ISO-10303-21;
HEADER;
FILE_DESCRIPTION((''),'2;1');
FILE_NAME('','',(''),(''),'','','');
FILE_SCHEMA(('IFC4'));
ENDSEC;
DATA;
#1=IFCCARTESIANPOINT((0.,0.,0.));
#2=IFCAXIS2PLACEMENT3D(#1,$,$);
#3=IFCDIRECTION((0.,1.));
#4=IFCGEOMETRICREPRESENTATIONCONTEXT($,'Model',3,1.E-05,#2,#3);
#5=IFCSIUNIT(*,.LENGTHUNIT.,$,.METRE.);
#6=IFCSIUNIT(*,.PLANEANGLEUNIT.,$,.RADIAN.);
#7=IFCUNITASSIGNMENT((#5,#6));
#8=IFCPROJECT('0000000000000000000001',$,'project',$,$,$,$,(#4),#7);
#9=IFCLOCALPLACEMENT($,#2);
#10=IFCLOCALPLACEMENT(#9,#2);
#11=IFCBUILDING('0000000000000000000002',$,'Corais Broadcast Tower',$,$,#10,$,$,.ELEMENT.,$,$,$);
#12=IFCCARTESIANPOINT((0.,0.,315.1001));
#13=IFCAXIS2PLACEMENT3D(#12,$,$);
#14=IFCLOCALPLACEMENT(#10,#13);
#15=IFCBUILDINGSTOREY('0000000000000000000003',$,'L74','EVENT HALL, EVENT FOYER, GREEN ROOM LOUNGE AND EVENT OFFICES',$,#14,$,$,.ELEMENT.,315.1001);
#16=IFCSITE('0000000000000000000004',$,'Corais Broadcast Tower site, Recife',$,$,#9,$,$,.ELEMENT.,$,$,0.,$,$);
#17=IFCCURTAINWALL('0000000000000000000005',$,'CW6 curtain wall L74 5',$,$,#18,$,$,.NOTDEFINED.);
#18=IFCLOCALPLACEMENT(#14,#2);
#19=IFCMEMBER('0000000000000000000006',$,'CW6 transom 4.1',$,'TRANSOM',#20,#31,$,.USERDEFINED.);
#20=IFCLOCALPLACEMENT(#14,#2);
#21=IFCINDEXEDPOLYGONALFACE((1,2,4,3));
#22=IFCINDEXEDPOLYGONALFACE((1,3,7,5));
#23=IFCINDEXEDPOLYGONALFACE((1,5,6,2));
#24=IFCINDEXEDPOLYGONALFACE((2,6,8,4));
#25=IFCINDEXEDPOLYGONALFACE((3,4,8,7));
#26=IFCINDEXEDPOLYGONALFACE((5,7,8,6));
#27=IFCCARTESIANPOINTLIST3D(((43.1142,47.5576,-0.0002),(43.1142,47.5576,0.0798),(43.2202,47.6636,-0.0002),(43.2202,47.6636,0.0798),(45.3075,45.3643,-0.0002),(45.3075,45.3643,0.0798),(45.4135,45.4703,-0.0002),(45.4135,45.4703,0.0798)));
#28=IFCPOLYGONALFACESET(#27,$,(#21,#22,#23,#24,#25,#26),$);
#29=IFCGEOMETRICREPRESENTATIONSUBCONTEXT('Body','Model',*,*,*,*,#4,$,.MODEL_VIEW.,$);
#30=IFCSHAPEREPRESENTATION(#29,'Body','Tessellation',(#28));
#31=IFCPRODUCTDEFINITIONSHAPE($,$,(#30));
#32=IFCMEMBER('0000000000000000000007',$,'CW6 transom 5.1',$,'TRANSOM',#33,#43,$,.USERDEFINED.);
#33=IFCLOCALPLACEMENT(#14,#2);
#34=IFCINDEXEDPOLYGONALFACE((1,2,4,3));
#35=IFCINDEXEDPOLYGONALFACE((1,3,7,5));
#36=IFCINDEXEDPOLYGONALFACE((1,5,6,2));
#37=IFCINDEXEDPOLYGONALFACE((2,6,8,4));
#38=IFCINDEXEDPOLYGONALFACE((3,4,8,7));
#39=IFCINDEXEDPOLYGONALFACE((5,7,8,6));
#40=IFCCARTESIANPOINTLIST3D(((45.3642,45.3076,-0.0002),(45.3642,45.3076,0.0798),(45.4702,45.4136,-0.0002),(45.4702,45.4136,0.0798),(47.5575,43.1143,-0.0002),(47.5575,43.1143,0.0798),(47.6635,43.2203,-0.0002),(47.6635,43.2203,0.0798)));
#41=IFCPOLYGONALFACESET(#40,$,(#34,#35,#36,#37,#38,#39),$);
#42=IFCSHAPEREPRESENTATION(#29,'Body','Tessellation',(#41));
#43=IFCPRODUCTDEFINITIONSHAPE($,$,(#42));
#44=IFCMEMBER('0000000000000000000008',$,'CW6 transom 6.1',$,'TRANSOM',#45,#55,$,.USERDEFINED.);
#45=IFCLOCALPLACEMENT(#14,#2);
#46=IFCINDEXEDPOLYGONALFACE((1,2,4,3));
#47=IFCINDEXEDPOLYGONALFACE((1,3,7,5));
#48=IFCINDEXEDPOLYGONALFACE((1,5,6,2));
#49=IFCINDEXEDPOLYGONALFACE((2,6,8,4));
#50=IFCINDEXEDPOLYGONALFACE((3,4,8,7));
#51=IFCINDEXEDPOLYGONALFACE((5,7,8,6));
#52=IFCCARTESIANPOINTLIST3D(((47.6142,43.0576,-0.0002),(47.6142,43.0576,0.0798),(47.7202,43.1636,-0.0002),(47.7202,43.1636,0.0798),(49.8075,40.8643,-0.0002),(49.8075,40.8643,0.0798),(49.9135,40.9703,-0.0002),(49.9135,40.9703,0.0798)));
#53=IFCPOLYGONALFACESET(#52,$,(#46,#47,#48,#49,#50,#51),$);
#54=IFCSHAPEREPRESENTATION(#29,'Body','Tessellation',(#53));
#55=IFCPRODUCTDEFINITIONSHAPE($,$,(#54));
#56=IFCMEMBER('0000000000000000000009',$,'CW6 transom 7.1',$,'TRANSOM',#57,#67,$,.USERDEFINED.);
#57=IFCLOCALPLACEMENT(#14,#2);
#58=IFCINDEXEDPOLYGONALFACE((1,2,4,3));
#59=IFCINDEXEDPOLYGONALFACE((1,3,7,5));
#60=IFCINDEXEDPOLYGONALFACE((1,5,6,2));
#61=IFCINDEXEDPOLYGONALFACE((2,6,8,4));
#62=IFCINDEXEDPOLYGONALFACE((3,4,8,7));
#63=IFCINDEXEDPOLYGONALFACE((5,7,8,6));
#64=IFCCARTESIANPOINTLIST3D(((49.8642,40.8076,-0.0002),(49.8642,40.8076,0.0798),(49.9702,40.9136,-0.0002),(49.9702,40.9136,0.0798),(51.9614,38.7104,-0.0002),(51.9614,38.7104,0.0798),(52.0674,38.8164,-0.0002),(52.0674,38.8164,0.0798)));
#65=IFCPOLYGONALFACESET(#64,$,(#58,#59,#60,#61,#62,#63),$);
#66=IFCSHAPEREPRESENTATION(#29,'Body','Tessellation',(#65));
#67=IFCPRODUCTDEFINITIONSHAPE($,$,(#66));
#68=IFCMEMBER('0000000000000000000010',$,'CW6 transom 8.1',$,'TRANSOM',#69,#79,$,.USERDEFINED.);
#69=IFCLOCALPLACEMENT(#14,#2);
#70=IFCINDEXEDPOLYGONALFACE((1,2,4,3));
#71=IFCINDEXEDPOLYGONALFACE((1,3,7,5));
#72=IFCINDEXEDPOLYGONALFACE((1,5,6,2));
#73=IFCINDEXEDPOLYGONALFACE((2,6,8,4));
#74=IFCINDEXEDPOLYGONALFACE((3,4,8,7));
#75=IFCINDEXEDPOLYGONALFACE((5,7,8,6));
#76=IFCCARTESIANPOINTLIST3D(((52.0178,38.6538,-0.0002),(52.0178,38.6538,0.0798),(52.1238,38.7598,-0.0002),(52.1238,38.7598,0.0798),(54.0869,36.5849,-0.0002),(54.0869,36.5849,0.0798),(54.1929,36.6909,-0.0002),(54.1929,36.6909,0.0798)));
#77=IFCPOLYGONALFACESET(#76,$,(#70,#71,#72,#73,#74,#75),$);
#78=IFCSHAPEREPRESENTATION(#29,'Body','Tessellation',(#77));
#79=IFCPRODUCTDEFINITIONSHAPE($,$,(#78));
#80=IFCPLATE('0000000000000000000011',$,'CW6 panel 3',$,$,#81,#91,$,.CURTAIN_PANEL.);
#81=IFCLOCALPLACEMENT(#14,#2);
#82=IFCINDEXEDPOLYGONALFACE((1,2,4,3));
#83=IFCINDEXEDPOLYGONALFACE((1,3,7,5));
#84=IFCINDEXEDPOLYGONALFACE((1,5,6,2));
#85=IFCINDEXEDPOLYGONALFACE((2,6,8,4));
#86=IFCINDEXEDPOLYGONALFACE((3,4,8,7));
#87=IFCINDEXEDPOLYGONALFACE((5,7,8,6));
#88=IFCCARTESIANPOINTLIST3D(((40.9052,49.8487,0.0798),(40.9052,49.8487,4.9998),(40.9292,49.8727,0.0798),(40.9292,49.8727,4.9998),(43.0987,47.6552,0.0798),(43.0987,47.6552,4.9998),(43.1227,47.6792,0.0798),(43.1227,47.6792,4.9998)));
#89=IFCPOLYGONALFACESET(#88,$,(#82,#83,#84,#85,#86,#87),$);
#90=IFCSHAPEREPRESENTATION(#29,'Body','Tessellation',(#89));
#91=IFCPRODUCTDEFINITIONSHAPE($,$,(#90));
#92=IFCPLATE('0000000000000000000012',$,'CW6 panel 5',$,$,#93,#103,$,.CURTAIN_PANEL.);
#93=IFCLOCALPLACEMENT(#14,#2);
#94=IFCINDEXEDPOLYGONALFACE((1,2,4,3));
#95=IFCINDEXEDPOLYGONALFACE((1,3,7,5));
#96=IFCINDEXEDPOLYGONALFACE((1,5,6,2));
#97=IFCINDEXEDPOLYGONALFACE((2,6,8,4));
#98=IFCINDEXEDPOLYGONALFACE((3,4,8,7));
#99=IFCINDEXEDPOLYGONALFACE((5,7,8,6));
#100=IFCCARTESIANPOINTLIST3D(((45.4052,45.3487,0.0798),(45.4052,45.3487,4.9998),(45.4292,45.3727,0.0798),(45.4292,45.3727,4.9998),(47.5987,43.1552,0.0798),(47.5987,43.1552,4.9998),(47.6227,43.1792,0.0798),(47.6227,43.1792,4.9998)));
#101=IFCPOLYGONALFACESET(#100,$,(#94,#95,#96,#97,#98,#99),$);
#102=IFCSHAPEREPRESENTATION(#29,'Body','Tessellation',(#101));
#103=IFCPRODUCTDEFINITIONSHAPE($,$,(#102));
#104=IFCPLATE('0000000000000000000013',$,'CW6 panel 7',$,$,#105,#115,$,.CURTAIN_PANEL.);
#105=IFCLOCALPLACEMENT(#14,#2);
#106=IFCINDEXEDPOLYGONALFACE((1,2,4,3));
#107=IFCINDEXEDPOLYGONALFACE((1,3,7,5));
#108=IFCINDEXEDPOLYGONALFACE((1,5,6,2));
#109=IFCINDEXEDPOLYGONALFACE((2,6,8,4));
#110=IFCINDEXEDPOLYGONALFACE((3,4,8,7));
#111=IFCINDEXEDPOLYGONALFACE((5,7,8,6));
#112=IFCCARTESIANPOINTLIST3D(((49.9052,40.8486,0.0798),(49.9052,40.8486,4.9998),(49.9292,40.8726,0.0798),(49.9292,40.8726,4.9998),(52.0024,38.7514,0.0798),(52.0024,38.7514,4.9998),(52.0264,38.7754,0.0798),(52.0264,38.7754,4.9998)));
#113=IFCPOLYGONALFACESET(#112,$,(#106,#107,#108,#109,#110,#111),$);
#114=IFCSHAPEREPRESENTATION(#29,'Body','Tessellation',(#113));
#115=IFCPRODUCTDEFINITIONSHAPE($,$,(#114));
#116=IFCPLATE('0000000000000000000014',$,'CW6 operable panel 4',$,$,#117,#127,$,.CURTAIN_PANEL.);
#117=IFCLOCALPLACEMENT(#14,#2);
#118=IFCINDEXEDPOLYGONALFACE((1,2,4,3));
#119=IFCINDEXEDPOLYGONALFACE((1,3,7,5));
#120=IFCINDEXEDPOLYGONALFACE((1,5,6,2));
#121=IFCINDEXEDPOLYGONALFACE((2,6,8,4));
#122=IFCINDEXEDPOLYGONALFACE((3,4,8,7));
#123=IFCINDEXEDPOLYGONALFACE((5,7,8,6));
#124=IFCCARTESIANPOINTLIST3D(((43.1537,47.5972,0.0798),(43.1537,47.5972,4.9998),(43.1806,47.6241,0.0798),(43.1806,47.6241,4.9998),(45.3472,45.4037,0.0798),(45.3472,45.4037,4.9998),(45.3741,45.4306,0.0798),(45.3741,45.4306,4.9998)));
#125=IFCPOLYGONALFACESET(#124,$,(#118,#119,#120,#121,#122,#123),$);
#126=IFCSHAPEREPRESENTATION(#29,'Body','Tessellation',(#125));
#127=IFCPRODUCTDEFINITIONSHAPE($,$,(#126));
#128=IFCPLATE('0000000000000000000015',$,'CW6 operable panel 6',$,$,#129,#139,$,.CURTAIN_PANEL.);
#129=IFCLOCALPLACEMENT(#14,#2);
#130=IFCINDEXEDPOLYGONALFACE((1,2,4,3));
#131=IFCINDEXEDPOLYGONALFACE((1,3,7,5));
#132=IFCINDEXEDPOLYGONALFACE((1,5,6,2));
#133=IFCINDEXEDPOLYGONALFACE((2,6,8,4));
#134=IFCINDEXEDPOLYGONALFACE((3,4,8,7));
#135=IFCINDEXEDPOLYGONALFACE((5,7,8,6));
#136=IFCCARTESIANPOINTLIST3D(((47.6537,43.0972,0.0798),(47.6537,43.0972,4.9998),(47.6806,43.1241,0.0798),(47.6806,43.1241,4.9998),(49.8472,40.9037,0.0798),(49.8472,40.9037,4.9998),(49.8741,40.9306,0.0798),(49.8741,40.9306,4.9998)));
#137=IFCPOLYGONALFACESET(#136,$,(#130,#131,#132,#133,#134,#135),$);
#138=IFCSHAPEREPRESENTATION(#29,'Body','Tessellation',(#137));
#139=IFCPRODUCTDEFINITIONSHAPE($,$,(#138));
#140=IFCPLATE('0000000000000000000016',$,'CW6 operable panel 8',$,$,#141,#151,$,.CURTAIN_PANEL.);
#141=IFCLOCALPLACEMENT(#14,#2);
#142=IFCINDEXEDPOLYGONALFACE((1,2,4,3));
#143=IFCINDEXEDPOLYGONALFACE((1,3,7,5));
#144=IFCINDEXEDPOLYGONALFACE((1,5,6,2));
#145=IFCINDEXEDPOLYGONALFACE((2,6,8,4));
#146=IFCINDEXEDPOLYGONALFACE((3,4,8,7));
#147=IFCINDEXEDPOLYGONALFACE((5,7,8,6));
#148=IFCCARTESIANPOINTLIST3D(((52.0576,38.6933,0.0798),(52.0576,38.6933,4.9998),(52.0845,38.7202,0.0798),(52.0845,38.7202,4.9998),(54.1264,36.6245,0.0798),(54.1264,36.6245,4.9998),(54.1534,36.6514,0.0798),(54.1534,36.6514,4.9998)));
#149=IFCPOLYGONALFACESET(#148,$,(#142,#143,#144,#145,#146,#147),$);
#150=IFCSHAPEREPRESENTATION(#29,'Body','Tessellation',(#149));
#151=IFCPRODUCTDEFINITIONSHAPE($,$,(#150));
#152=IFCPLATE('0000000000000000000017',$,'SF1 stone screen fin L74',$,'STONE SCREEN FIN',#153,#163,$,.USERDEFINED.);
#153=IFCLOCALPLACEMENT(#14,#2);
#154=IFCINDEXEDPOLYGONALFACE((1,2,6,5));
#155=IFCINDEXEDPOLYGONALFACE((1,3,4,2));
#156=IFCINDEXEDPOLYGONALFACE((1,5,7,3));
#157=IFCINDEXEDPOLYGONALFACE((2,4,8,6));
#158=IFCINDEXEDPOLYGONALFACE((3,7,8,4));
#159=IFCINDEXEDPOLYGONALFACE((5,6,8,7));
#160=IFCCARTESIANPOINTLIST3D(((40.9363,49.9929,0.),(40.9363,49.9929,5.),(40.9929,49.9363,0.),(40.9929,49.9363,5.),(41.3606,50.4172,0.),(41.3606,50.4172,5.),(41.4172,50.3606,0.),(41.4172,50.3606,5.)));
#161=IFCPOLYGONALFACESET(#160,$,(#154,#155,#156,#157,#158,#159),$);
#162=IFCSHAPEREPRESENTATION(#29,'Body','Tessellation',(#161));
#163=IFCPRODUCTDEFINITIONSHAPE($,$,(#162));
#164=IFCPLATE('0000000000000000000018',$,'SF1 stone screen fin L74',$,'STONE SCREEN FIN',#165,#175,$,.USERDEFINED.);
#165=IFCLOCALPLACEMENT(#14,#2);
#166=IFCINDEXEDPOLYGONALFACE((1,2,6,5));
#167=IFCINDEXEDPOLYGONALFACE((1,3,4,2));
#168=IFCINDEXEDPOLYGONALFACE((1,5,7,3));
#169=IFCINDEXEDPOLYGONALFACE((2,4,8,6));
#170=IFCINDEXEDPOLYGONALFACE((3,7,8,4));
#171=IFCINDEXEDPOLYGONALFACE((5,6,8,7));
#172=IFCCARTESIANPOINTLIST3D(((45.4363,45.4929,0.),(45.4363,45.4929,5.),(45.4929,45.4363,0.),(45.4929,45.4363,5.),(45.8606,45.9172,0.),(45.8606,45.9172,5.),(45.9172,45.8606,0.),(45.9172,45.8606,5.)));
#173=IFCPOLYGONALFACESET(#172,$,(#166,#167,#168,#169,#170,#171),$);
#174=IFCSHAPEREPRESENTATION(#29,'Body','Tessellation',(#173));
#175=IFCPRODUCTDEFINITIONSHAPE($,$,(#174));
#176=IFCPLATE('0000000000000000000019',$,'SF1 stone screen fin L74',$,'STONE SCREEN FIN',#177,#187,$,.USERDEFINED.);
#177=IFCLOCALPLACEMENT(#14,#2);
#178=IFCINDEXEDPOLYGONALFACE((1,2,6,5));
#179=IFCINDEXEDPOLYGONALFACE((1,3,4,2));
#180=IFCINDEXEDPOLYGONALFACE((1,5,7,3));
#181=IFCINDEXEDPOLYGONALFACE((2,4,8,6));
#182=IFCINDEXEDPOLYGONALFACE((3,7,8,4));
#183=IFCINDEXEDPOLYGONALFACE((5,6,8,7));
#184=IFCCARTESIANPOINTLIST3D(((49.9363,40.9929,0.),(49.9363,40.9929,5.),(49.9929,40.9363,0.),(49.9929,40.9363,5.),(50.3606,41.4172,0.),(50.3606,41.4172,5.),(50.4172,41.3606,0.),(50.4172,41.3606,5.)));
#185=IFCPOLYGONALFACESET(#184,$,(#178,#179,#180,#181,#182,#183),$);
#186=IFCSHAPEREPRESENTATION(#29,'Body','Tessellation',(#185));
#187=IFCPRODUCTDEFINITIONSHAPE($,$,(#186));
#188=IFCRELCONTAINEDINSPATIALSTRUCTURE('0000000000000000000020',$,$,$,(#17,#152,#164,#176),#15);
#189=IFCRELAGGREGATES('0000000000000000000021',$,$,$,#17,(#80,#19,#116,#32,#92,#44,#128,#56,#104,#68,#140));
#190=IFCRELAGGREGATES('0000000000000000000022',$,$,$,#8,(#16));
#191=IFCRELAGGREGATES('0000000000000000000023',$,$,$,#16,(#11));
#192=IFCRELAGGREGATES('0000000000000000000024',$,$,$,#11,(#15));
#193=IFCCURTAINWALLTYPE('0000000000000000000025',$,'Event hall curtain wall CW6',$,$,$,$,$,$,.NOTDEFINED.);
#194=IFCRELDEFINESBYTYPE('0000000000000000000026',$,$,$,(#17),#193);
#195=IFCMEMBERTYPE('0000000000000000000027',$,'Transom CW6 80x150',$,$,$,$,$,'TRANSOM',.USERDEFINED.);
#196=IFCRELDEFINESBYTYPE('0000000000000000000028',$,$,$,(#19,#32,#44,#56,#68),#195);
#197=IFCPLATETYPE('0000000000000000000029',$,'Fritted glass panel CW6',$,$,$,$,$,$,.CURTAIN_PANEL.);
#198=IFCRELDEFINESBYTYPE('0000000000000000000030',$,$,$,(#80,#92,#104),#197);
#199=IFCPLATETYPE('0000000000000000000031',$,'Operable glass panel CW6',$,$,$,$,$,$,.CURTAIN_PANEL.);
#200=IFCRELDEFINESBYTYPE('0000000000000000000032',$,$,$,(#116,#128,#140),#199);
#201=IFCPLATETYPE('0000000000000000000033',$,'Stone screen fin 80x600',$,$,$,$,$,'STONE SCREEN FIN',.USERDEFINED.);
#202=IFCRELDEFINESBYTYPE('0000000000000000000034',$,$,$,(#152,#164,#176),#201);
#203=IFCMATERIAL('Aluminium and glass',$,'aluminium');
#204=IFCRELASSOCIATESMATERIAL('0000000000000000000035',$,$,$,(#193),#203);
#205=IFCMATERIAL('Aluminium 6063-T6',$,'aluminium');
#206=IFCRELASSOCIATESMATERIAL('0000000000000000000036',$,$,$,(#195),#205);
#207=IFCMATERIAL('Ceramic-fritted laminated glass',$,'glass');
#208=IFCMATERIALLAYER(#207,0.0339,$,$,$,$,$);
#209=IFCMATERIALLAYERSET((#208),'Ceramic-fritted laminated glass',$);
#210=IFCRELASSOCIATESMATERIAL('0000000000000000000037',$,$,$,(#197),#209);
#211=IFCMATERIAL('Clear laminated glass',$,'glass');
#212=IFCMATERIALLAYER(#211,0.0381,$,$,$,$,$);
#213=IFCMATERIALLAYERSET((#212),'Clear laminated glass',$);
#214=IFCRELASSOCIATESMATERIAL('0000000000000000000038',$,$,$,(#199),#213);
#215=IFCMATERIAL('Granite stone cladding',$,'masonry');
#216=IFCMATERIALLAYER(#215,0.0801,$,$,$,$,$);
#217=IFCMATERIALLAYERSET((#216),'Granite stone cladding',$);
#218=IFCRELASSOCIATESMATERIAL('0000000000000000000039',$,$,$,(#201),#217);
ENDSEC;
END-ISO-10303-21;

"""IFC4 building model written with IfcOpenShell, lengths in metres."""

from ifc_helpers import new_model, si_unit, direction, frame, origin, origin_2d, place, context, subcontext, project, spatial, rectangle, extrude, material, layer, layer_set, material_profile, profile_set, type_object, element, aggregate, save


model = new_model("IFC4")

# Units and contexts
model_context = context("Model", 3, precision=1e-05, world=origin(), true_north=direction((0.0, 1.0)))
body_context = subcontext(model_context, "Body", "Model", "MODEL_VIEW")
ifc_project = project(units=[si_unit("LENGTHUNIT", "METRE"), si_unit("PLANEANGLEUNIT", "RADIAN")], contexts=[model_context])

# Site, building, storey
site_placement = place(None, origin())
site = spatial("IfcSite", under=ifc_project, at=site_placement, Name="Corais Broadcast Tower site, Recife", CompositionType="ELEMENT", RefElevation=0.0)
building_placement = place(site_placement, origin())
building = spatial("IfcBuilding", under=site, at=building_placement, Name="Corais Broadcast Tower", CompositionType="ELEMENT")
storey_placement = place(building_placement, frame((0.0, 0.0, 315.1001)))
storey = spatial("IfcBuildingStorey", under=building, at=storey_placement, Name="L74", Description="EVENT HALL, EVENT FOYER, GREEN ROOM LOUNGE AND EVENT OFFICES", CompositionType="ELEMENT", Elevation=315.1001)

# Curtain wall
ifc_material_1 = material(Name="Aluminium and glass", Category="aluminium")
curtain_wall_type = type_object("IfcCurtainWallType", Name="Event hall curtain wall CW6", PredefinedType="NOTDEFINED", material=ifc_material_1)
curtain_wall_placement = place(storey_placement, origin())
curtain_wall = element("IfcCurtainWall", 1, at=curtain_wall_placement, inside=storey, type_object=curtain_wall_type, Name="CW6 curtain wall L74 5", PredefinedType="NOTDEFINED")

# Members
ifc_material_2 = material(Name="Aluminium 6063-T6", Category="aluminium")
ifc_material_profile_1 = material_profile(ifc_material_2, rectangle(XDim=0.1499, YDim=0.0801, at=origin_2d()), Name="Transom CW6 80x150")
ifc_profile_set_1 = profile_set([ifc_material_profile_1], Name="Aluminium 6063-T6")
member_type_1 = type_object("IfcMemberType", Name="Transom CW6 80x150", ElementType="TRANSOM", PredefinedType="USERDEFINED", material=ifc_profile_set_1)
member_1_placement = place(storey_placement, frame((43.1672, 47.6106, 0.0398), z_axis=(0.707107, -0.707107, 0.0), x_axis=(0.707107, 0.707107, 0.0)))
member_1 = element("IfcMember", 2, at=member_1_placement, type_object=member_type_1, Name="CW6 transom 4.1", ObjectType="TRANSOM", PredefinedType="USERDEFINED", context=body_context, shape_type="SweptSolid", body=[
    extrude(rectangle(XDim=0.1499, YDim=0.0801, at=origin_2d()), origin(), (0.0, 0.0, 1.0), 3.1018),
])
member_2_placement = place(storey_placement, frame((45.4172, 45.3606, 0.0398), z_axis=(0.707107, -0.707107, 0.0), x_axis=(0.707107, 0.707107, 0.0)))
member_2 = element("IfcMember", 3, at=member_2_placement, type_object=member_type_1, Name="CW6 transom 5.1", ObjectType="TRANSOM", PredefinedType="USERDEFINED", context=body_context, shape_type="SweptSolid", body=[
    extrude(rectangle(XDim=0.1499, YDim=0.0801, at=origin_2d()), origin(), (0.0, 0.0, 1.0), 3.1018),
])
member_3_placement = place(storey_placement, frame((47.6672, 43.1106, 0.0398), z_axis=(0.707107, -0.707107, 0.0), x_axis=(0.707107, 0.707107, 0.0)))
member_3 = element("IfcMember", 4, at=member_3_placement, type_object=member_type_1, Name="CW6 transom 6.1", ObjectType="TRANSOM", PredefinedType="USERDEFINED", context=body_context, shape_type="SweptSolid", body=[
    extrude(rectangle(XDim=0.1499, YDim=0.0801, at=origin_2d()), origin(), (0.0, 0.0, 1.0), 3.1018),
])
member_4_placement = place(storey_placement, frame((49.9172, 40.8606, 0.0398), z_axis=(0.707107, -0.707107, 0.0), x_axis=(0.707107, 0.707107, 0.0)))
member_4 = element("IfcMember", 5, at=member_4_placement, type_object=member_type_1, Name="CW6 transom 7.1", ObjectType="TRANSOM", PredefinedType="USERDEFINED", context=body_context, shape_type="SweptSolid", body=[
    extrude(rectangle(XDim=0.1499, YDim=0.0801, at=origin_2d()), origin(), (0.0, 0.0, 1.0), 2.9658),
])
member_5_placement = place(storey_placement, frame((52.0708, 38.7068, 0.0398), z_axis=(0.707148, -0.707065, 0.0), x_axis=(0.707065, 0.707148, 0.0)))
member_5 = element("IfcMember", 6, at=member_5_placement, type_object=member_type_1, Name="CW6 transom 8.1", ObjectType="TRANSOM", PredefinedType="USERDEFINED", context=body_context, shape_type="SweptSolid", body=[
    extrude(rectangle(XDim=0.1499, YDim=0.0801, at=origin_2d()), origin(), (0.0, 0.0, 1.0), 2.926),
])

# Plates
ifc_material_3 = material(Name="Ceramic-fritted laminated glass", Category="glass")
ifc_layer_1 = layer(ifc_material_3, 0.0339)
ifc_layer_set_1 = layer_set([ifc_layer_1], Name="Ceramic-fritted laminated glass")
plate_type_1 = type_object("IfcPlateType", Name="Fritted glass panel CW6", PredefinedType="CURTAIN_PANEL", material=ifc_layer_set_1)
plate_1_placement = place(storey_placement, frame((42.0139, 48.7639, 0.0798), z_axis=(0.0, 0.0, 1.0), x_axis=(0.707107, -0.707107, 0.0)))
plate_1 = element("IfcPlate", 7, at=plate_1_placement, type_object=plate_type_1, Name="CW6 panel 3", PredefinedType="CURTAIN_PANEL", context=body_context, shape_type="SweptSolid", body=[
    extrude(rectangle(XDim=3.1021, YDim=0.0339, at=origin_2d()), origin(), (0.0, 0.0, 1.0), 4.9199),
])
plate_2_placement = place(storey_placement, frame((46.5139, 44.2639, 0.0798), z_axis=(0.0, 0.0, 1.0), x_axis=(0.707107, -0.707107, 0.0)))
plate_2 = element("IfcPlate", 8, at=plate_2_placement, type_object=plate_type_1, Name="CW6 panel 5", PredefinedType="CURTAIN_PANEL", context=body_context, shape_type="SweptSolid", body=[
    extrude(rectangle(XDim=3.1021, YDim=0.0339, at=origin_2d()), origin(), (0.0, 0.0, 1.0), 4.9199),
])
plate_3_placement = place(storey_placement, frame((50.9658, 39.812, 0.0798), z_axis=(0.0, 0.0, 1.0), x_axis=(0.707107, -0.707107, 0.0)))
plate_3 = element("IfcPlate", 9, at=plate_3_placement, type_object=plate_type_1, Name="CW6 panel 7", PredefinedType="CURTAIN_PANEL", context=body_context, shape_type="SweptSolid", body=[
    extrude(rectangle(XDim=2.9658, YDim=0.0339, at=origin_2d()), origin(), (0.0, 0.0, 1.0), 4.9199),
])
ifc_material_4 = material(Name="Clear laminated glass", Category="glass")
ifc_layer_2 = layer(ifc_material_4, 0.0381)
ifc_layer_set_2 = layer_set([ifc_layer_2], Name="Clear laminated glass")
plate_type_2 = type_object("IfcPlateType", Name="Operable glass panel CW6", PredefinedType="CURTAIN_PANEL", material=ifc_layer_set_2)
plate_4_placement = place(storey_placement, frame((44.2639, 46.5139, 0.0798), z_axis=(0.0, 0.0, 1.0), x_axis=(0.707107, -0.707107, 0.0)))
plate_4 = element("IfcPlate", 10, at=plate_4_placement, type_object=plate_type_2, Name="CW6 operable panel 4", PredefinedType="CURTAIN_PANEL", context=body_context, shape_type="SweptSolid", body=[
    extrude(rectangle(XDim=3.1021, YDim=0.0381, at=origin_2d()), origin(), (0.0, 0.0, 1.0), 4.9199),
])
plate_5_placement = place(storey_placement, frame((48.7639, 42.0139, 0.0798), z_axis=(0.0, 0.0, 1.0), x_axis=(0.707107, -0.707107, 0.0)))
plate_5 = element("IfcPlate", 11, at=plate_5_placement, type_object=plate_type_2, Name="CW6 operable panel 6", PredefinedType="CURTAIN_PANEL", context=body_context, shape_type="SweptSolid", body=[
    extrude(rectangle(XDim=3.1021, YDim=0.0381, at=origin_2d()), origin(), (0.0, 0.0, 1.0), 4.9199),
])
plate_6_placement = place(storey_placement, frame((53.1055, 37.6724, 0.0798), z_axis=(0.0, 0.0, 1.0), x_axis=(0.707107, -0.707107, 0.0)))
plate_6 = element("IfcPlate", 12, at=plate_6_placement, type_object=plate_type_2, Name="CW6 operable panel 8", PredefinedType="CURTAIN_PANEL", context=body_context, shape_type="SweptSolid", body=[
    extrude(rectangle(XDim=2.9258, YDim=0.0381, at=origin_2d()), origin(), (0.0, 0.0, 1.0), 4.9199),
])
aggregate(curtain_wall, [plate_1, member_1, plate_4, member_2, plate_2, member_3, plate_5, member_4, plate_3, member_5, plate_6])

# Plates
ifc_material_5 = material(Name="Granite stone cladding", Category="masonry")
ifc_layer_3 = layer(ifc_material_5, 0.0801)
ifc_layer_set_3 = layer_set([ifc_layer_3], Name="Granite stone cladding")
plate_type_3 = type_object("IfcPlateType", Name="Stone screen fin 80x600", ElementType="STONE SCREEN FIN", PredefinedType="USERDEFINED", material=ifc_layer_set_3)
for number, where, z_axis, x_axis, name in (
    (13, (41.1768, 50.1768, 0.0), (0.0, 0.0, 1.0), (0.707107, -0.707107, 0.0), "SF1 stone screen fin L74"),
    (14, (45.6768, 45.6768, 0.0), (0.0, 0.0, 1.0), (0.707107, -0.707107, 0.0), "SF1 stone screen fin L74"),
    (15, (50.1768, 41.1768, 0.0), (0.0, 0.0, 1.0), (0.707107, -0.707107, 0.0), "SF1 stone screen fin L74"),
):
    element("IfcPlate", number, at=place(storey_placement, frame(where, z_axis=z_axis, x_axis=x_axis)), inside=storey, type_object=plate_type_3, Name=name, ObjectType="STONE SCREEN FIN", PredefinedType="USERDEFINED", context=body_context, shape_type="SweptSolid", body=[
        extrude(rectangle(XDim=0.0801, YDim=0.6001, at=origin_2d()), origin(), (0.0, 0.0, 1.0), 5.0),
    ])

save(model, "model.ifc")
